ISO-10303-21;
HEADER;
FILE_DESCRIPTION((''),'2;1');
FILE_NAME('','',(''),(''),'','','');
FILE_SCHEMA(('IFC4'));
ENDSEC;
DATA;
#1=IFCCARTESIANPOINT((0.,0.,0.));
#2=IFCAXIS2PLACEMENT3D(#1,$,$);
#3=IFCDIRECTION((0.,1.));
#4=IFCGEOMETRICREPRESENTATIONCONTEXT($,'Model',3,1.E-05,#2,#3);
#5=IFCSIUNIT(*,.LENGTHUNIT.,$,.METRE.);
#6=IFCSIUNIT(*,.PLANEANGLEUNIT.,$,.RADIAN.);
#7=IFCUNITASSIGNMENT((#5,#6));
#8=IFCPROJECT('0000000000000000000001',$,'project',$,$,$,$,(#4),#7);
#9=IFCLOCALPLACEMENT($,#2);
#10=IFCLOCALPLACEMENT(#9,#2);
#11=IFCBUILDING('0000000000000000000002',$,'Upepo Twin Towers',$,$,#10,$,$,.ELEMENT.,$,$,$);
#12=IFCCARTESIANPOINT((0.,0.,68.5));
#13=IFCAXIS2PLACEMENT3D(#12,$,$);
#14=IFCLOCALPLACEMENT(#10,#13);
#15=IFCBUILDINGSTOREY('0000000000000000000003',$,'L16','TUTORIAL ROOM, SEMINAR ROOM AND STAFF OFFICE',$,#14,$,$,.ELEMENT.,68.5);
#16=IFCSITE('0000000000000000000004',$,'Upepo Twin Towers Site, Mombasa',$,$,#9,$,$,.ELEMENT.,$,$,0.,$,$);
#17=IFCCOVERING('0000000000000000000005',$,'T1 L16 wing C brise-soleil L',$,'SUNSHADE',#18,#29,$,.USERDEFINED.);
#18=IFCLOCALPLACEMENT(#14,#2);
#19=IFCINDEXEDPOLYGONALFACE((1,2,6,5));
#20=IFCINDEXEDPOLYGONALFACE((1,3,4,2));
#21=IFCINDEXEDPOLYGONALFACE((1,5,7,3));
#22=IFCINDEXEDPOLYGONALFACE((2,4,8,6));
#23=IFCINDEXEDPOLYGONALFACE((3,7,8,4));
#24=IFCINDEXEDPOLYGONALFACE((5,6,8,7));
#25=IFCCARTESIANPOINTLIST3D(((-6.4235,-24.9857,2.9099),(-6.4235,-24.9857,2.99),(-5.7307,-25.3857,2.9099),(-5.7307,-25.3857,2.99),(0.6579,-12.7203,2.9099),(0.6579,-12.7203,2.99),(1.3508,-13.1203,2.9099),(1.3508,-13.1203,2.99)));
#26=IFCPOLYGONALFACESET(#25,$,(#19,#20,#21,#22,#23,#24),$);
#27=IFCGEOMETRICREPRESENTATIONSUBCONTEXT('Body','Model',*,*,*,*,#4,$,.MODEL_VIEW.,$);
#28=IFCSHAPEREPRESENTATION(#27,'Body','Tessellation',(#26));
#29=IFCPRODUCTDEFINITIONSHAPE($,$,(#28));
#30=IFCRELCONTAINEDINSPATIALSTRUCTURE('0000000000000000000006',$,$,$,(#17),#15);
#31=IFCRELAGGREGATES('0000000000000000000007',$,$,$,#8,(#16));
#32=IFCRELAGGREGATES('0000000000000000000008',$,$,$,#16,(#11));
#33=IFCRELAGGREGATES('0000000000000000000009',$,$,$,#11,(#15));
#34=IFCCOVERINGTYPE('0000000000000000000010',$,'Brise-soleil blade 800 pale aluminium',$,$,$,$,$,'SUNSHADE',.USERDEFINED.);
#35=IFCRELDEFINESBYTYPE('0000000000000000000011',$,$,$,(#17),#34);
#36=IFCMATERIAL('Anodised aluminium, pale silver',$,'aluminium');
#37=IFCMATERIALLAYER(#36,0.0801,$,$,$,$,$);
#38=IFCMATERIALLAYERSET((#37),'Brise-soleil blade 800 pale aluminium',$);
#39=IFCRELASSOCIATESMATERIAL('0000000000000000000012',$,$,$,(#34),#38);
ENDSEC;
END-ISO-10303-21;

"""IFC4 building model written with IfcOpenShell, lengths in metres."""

from ifc_helpers import new_model, si_unit, direction, frame, origin, origin_2d, place, context, subcontext, project, spatial, rectangle, extrude, material, layer, layer_set, type_object, element, save


model = new_model("IFC4")

# Units and contexts
model_context = context("Model", 3, precision=1e-05, world=origin(), true_north=direction((0.0, 1.0)))
body_context = subcontext(model_context, "Body", "Model", "MODEL_VIEW")
ifc_project = project(units=[si_unit("LENGTHUNIT", "METRE"), si_unit("PLANEANGLEUNIT", "RADIAN")], contexts=[model_context])

# Site, building, storey
site_placement = place(None, origin())
site = spatial("IfcSite", under=ifc_project, at=site_placement, Name="Upepo Twin Towers Site, Mombasa", CompositionType="ELEMENT", RefElevation=0.0)
building_placement = place(site_placement, origin())
building = spatial("IfcBuilding", under=site, at=building_placement, Name="Upepo Twin Towers", CompositionType="ELEMENT")
storey_placement = place(building_placement, frame((0.0, 0.0, 68.5)))
storey = spatial("IfcBuildingStorey", under=building, at=storey_placement, Name="L16", Description="TUTORIAL ROOM, SEMINAR ROOM AND STAFF OFFICE", CompositionType="ELEMENT", Elevation=68.5)

# Covering
ifc_material_1 = material(Name="Anodised aluminium, pale silver", Category="aluminium")
ifc_layer_1 = layer(ifc_material_1, 0.0801)
ifc_layer_set_1 = layer_set([ifc_layer_1], Name="Brise-soleil blade 800 pale aluminium")
covering_type = type_object("IfcCoveringType", Name="Brise-soleil blade 800 pale aluminium", ElementType="SUNSHADE", PredefinedType="USERDEFINED", material=ifc_layer_set_1)
covering_placement = place(storey_placement, frame((-2.5364, -19.053, 2.9099), z_axis=(0.0, 0.0, 1.0), x_axis=(-0.5, -0.866025, 0.0)))
element("IfcCovering", 1, at=covering_placement, inside=storey, type_object=covering_type, Name="T1 L16 wing C brise-soleil L", ObjectType="SUNSHADE", PredefinedType="USERDEFINED", context=body_context, shape_type="SweptSolid", body=[
    extrude(rectangle(XDim=14.1628, YDim=0.8, at=origin_2d()), origin(), (0.0, 0.0, 1.0), 0.0801),
])

save(model, "model.ifc")
